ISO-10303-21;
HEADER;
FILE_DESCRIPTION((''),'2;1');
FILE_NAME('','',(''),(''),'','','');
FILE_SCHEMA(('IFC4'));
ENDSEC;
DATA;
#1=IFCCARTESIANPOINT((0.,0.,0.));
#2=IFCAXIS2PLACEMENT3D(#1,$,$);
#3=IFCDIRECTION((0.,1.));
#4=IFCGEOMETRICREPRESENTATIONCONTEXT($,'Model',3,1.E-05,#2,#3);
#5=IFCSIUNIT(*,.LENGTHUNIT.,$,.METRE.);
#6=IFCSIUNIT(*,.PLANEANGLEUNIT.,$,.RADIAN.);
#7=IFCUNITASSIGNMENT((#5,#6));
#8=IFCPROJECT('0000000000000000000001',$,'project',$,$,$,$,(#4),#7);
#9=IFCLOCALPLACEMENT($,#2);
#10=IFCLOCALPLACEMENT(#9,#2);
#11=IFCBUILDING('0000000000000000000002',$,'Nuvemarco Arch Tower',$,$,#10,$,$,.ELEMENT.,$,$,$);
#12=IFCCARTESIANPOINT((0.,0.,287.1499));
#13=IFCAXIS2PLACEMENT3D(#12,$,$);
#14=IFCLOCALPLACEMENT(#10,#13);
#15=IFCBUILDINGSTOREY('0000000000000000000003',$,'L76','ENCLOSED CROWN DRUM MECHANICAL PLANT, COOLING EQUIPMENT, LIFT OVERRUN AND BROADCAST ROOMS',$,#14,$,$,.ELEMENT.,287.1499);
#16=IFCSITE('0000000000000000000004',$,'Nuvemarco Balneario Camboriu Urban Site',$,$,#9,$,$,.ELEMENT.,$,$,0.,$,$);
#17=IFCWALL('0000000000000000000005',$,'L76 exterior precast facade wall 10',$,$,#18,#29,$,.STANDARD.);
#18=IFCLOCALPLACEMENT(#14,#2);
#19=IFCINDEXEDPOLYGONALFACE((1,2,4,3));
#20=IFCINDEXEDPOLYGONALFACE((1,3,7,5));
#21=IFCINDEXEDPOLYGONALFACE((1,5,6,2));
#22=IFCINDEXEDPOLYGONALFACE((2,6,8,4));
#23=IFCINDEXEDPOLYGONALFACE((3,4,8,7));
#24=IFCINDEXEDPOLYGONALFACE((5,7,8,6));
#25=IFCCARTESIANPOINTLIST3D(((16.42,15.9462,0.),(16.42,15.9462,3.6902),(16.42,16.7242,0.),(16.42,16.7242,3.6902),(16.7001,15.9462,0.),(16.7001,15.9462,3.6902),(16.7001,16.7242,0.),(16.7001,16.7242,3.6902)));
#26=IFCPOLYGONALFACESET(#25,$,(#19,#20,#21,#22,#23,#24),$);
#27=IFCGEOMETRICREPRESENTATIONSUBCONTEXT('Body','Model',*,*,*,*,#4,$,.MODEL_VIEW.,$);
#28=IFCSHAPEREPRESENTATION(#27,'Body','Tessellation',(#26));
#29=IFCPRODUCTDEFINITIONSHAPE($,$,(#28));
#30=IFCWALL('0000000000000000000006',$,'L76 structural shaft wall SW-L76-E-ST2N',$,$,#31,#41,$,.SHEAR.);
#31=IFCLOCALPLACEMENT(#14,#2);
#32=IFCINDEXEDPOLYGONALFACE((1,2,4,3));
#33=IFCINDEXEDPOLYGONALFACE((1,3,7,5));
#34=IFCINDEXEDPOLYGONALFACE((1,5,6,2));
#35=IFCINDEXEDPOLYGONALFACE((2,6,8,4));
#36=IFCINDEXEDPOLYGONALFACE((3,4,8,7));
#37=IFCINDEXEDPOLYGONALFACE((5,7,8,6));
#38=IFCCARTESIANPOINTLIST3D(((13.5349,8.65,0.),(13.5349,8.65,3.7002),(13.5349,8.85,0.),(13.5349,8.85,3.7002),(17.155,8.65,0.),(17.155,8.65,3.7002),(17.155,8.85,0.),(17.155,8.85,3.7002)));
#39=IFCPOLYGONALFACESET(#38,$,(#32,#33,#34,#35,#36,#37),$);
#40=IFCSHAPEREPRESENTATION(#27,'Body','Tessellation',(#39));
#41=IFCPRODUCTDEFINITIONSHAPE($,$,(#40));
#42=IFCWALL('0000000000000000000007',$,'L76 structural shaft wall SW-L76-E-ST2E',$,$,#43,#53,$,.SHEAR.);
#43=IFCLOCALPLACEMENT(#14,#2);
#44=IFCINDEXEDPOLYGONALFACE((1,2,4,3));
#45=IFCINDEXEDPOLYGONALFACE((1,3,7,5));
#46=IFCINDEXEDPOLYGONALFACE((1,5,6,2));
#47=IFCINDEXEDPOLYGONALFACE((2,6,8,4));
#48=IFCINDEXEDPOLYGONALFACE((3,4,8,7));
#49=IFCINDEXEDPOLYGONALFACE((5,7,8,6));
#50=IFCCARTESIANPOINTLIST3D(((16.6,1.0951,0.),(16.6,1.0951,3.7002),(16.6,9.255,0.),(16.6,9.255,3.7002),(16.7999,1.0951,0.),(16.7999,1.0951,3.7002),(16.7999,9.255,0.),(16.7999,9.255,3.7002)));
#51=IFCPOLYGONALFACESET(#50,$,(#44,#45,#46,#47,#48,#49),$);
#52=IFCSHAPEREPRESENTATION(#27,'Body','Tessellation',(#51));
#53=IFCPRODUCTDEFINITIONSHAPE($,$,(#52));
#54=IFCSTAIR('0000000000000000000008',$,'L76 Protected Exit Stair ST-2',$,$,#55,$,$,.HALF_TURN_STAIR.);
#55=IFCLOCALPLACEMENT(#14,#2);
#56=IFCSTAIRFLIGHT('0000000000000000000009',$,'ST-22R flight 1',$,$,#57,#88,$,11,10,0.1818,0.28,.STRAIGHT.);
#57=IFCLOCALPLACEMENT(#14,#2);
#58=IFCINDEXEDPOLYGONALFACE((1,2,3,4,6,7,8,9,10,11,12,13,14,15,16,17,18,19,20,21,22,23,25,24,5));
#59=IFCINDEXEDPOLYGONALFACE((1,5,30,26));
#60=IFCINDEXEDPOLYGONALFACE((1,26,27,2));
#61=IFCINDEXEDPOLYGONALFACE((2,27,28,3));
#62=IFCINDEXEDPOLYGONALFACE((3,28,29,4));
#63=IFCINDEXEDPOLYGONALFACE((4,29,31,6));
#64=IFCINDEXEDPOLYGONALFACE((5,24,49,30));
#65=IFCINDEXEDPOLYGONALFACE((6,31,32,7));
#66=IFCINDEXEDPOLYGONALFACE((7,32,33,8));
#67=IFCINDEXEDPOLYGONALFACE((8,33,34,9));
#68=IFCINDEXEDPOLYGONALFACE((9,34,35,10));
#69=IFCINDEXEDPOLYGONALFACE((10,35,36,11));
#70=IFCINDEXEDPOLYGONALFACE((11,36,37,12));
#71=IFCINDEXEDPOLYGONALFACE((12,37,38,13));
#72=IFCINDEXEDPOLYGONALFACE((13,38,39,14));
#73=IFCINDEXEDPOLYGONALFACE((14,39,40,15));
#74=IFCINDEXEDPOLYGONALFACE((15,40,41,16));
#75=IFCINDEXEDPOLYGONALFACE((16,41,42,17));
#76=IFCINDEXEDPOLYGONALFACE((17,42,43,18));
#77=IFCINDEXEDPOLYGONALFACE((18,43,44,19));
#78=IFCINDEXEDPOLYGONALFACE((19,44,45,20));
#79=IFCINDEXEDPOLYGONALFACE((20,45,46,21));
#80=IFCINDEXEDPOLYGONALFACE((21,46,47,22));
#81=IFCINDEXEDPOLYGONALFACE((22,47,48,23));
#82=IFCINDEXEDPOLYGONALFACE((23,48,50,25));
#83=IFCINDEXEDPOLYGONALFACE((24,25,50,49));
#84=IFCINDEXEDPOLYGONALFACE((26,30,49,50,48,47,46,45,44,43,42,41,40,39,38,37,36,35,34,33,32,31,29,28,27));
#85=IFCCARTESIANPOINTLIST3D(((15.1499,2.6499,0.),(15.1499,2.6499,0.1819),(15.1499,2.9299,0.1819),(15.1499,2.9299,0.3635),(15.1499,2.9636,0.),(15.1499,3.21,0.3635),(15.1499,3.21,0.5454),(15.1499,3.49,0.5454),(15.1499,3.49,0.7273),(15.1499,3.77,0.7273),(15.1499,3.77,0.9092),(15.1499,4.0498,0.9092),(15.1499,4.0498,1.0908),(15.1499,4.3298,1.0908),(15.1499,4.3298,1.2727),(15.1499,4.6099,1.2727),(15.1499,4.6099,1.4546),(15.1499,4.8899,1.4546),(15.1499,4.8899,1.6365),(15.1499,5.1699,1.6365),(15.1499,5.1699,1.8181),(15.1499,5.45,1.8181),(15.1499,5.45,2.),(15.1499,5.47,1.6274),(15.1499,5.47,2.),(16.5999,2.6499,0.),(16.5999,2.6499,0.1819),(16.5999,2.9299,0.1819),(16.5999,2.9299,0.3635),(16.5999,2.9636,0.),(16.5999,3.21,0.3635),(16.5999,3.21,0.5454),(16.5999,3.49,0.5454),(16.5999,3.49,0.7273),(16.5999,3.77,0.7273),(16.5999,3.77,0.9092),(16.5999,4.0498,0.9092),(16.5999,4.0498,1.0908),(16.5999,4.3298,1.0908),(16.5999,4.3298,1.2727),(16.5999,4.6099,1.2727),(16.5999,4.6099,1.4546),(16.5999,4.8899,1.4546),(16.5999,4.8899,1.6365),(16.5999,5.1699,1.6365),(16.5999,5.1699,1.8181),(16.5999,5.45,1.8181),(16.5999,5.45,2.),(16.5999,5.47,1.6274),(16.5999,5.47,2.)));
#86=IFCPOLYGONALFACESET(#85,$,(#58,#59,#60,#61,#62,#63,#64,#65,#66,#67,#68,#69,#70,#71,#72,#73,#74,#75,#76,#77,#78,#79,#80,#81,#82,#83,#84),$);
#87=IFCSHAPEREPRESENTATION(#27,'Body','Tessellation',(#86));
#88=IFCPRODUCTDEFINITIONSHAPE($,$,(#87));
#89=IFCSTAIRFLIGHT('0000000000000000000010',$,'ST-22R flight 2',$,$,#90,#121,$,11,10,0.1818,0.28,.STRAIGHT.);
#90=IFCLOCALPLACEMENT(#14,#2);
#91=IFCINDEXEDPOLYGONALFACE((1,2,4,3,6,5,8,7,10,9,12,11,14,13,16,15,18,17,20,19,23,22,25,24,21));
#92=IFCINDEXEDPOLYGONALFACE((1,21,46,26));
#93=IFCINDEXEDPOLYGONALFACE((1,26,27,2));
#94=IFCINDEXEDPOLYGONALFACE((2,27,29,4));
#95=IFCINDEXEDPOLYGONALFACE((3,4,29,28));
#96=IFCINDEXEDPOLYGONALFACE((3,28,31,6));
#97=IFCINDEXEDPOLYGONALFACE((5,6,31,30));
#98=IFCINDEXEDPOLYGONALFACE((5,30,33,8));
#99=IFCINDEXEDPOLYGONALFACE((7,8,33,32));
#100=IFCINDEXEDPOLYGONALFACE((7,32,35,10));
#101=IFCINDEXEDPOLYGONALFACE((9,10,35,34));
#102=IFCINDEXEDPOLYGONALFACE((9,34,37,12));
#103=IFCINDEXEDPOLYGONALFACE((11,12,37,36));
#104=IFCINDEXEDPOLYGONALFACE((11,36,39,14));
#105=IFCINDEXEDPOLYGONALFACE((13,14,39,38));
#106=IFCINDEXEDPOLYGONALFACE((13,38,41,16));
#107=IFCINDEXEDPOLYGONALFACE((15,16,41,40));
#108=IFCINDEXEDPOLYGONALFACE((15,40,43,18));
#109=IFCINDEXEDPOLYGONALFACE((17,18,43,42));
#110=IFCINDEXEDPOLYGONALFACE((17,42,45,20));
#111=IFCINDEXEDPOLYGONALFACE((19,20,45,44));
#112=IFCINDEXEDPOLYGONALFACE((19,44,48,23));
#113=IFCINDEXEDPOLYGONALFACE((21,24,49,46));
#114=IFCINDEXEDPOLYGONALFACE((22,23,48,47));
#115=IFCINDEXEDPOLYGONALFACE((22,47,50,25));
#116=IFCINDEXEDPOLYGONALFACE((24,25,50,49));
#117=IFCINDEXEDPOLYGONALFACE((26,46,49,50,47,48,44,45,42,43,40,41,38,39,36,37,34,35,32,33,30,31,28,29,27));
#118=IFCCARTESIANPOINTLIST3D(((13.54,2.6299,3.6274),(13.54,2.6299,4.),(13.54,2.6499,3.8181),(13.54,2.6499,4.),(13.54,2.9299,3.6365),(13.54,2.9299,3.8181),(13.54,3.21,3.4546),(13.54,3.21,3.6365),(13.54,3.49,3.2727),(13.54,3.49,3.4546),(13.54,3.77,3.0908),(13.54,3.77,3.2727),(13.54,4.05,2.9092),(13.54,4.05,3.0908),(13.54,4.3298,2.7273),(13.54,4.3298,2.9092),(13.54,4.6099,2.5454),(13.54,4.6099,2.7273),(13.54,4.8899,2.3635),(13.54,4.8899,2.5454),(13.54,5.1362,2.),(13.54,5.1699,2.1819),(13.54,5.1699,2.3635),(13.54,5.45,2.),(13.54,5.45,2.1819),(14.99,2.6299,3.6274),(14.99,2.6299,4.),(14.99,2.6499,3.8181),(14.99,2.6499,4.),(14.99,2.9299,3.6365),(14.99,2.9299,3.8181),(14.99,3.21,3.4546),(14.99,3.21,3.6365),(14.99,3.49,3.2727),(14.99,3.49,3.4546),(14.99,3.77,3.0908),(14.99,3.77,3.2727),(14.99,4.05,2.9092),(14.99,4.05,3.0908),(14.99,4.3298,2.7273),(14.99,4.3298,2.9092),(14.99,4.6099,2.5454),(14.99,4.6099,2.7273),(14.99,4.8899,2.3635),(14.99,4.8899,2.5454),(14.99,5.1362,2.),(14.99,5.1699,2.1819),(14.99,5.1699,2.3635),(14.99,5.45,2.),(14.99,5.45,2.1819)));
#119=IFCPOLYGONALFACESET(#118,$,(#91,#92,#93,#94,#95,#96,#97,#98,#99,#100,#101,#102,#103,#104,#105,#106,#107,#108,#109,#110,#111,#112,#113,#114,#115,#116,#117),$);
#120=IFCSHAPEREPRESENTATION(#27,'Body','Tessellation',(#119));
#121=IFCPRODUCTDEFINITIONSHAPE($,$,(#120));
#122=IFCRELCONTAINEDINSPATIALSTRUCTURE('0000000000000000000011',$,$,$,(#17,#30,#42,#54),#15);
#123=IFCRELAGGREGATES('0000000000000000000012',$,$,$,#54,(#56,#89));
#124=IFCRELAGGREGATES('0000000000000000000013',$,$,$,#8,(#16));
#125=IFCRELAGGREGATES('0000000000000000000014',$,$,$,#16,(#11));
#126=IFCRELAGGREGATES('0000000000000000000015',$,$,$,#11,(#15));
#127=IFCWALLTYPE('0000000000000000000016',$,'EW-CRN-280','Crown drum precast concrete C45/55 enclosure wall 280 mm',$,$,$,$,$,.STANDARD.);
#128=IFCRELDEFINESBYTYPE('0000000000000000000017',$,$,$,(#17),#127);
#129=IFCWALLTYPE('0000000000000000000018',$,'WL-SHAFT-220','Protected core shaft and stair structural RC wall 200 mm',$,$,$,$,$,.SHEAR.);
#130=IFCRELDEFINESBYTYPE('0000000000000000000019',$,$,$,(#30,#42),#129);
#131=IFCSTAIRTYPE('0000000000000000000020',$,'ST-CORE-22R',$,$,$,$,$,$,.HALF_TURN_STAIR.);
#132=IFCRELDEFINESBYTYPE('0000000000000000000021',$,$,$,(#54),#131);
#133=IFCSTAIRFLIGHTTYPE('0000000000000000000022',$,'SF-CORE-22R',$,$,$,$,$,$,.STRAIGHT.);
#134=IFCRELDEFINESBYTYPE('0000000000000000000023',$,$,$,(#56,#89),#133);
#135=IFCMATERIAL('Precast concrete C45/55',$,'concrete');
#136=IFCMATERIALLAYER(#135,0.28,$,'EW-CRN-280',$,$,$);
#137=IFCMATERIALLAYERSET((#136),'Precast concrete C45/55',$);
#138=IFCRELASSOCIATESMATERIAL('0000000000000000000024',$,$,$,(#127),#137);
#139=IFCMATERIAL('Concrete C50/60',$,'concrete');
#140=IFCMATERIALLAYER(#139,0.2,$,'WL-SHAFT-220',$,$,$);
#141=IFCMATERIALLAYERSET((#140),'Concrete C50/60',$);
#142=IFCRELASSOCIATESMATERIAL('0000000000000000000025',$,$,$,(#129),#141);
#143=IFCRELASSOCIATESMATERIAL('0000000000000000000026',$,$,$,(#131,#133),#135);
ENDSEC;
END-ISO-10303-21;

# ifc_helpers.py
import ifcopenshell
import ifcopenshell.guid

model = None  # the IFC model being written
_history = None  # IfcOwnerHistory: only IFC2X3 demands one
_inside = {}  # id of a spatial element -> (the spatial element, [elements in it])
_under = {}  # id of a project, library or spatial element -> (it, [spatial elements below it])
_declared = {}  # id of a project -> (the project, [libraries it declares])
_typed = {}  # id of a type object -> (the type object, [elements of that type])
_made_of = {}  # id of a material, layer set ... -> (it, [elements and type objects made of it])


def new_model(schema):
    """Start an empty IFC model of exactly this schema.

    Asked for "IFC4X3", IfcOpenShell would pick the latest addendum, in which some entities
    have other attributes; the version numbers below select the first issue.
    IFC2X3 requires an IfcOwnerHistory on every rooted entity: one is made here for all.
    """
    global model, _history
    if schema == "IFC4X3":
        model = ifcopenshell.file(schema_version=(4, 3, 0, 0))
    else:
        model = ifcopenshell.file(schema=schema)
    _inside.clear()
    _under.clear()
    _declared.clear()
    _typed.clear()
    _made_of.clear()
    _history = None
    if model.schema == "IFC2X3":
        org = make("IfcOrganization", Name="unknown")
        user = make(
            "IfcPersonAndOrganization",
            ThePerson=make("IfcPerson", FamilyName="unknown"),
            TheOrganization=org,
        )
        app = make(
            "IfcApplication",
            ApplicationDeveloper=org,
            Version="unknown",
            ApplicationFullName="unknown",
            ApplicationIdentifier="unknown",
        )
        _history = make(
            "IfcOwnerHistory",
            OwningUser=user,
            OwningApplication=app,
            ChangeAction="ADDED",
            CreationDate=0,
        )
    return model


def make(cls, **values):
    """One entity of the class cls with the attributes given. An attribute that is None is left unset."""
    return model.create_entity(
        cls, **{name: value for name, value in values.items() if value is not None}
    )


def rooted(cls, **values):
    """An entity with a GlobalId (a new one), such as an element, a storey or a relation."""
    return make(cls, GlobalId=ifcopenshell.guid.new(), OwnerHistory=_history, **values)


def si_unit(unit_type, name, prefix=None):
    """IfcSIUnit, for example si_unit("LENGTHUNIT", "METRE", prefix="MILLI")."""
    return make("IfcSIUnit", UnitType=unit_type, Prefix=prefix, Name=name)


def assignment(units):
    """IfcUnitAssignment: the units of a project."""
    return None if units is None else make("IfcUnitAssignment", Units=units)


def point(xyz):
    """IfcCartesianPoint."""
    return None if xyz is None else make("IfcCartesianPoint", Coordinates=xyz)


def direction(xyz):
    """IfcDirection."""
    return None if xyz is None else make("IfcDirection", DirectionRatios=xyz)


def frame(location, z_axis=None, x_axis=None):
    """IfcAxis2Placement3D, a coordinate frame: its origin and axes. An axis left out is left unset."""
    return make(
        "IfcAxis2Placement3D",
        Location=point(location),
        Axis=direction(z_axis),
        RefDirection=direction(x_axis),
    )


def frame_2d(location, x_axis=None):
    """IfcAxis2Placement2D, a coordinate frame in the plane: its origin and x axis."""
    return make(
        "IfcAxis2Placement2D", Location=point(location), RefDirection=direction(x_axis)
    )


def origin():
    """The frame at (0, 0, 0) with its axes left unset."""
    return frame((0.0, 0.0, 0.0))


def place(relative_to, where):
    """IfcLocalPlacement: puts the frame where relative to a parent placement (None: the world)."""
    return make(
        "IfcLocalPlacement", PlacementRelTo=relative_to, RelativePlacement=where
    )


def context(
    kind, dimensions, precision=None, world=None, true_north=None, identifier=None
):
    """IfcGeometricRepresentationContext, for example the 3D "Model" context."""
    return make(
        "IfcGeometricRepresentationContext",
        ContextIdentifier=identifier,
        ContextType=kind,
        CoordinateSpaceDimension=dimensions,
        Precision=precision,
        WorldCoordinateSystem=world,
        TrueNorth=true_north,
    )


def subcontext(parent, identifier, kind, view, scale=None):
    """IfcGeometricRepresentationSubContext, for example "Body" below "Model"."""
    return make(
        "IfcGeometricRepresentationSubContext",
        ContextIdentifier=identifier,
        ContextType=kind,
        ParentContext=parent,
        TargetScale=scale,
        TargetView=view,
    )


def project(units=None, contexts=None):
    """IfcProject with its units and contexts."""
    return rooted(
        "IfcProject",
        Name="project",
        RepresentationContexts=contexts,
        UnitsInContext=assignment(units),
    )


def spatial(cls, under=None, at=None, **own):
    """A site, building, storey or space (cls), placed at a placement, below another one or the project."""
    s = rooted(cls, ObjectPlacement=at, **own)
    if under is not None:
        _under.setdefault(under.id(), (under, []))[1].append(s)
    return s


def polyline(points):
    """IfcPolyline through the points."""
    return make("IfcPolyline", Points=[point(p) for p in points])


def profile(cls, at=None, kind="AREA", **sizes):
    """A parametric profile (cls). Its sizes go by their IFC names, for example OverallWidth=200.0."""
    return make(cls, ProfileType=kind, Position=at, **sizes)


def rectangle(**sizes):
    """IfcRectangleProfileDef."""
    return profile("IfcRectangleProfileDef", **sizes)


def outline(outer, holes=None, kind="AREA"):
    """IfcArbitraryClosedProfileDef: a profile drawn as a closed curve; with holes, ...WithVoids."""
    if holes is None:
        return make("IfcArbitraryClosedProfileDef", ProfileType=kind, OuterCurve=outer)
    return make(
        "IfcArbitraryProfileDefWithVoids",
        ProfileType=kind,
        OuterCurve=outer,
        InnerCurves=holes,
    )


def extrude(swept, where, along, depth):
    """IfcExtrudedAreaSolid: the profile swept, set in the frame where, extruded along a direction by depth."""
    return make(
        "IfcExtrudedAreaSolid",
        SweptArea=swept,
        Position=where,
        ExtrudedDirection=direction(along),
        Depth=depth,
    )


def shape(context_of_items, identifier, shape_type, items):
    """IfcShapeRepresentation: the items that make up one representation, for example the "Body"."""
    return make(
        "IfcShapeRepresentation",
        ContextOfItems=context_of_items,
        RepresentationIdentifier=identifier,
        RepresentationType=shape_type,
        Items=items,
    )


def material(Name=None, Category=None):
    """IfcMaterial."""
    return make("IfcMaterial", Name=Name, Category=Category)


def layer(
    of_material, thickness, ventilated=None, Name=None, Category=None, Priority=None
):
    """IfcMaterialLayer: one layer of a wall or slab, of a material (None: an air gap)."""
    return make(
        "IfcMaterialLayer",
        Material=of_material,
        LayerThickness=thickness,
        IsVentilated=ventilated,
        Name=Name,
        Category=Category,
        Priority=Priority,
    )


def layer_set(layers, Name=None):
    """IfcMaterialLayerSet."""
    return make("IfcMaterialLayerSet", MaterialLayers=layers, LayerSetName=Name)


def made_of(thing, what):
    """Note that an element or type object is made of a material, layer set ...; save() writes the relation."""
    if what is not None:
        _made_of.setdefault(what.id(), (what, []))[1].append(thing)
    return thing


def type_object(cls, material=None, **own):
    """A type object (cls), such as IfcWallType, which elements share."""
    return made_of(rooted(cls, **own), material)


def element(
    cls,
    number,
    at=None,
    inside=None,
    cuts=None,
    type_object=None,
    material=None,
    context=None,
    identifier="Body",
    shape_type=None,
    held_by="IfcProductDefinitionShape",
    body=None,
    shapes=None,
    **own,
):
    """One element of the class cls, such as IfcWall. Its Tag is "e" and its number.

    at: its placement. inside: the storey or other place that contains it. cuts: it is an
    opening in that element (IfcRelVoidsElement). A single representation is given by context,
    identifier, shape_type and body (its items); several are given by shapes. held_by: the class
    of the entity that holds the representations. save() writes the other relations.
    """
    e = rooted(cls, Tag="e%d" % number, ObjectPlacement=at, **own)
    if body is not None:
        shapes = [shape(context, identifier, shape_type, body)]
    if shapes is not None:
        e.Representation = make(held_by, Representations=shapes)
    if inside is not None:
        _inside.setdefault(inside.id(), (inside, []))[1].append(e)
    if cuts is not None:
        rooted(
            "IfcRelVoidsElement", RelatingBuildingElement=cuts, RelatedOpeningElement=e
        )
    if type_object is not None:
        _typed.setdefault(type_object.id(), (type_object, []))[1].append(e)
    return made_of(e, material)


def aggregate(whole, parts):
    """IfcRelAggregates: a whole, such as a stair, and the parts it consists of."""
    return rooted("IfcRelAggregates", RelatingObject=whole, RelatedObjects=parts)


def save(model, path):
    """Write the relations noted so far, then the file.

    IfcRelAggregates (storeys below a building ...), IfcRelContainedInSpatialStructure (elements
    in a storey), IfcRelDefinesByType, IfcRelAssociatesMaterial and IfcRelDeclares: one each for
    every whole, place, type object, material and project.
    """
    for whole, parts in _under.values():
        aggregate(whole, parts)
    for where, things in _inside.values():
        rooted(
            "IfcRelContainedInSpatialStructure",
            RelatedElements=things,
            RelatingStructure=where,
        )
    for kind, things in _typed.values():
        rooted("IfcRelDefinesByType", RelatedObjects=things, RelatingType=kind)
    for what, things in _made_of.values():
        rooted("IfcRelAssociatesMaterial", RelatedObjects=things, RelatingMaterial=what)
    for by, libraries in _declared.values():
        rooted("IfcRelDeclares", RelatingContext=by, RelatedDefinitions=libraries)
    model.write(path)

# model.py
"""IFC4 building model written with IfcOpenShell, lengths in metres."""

from ifc_helpers import new_model, si_unit, direction, frame, frame_2d, origin, place, context, subcontext, project, spatial, polyline, rectangle, outline, extrude, material, layer, layer_set, type_object, element, aggregate, save


model = new_model("IFC4")

# Units and contexts
model_context = context("Model", 3, precision=1e-05, world=origin(), true_north=direction((0.0, 1.0)))
body_context = subcontext(model_context, "Body", "Model", "MODEL_VIEW")
ifc_project = project(units=[si_unit("LENGTHUNIT", "METRE"), si_unit("PLANEANGLEUNIT", "RADIAN")], contexts=[model_context])

# Site, building, storey
site_placement = place(None, origin())
site = spatial("IfcSite", under=ifc_project, at=site_placement, Name="Nuvemarco Balneario Camboriu Urban Site", CompositionType="ELEMENT", RefElevation=0.0)
building_placement = place(site_placement, origin())
building = spatial("IfcBuilding", under=site, at=building_placement, Name="Nuvemarco Arch Tower", CompositionType="ELEMENT")
storey_placement = place(building_placement, frame((0.0, 0.0, 287.1499)))
storey = spatial("IfcBuildingStorey", under=building, at=storey_placement, Name="L76", Description="ENCLOSED CROWN DRUM MECHANICAL PLANT, COOLING EQUIPMENT, LIFT OVERRUN AND BROADCAST ROOMS", CompositionType="ELEMENT", Elevation=287.1499)

# Shared definitions
ifc_material_1 = material(Name="Concrete C50/60", Category="concrete")

# Shared definitions
ifc_material_2 = material(Name="Precast concrete C45/55", Category="concrete")

# Walls
ifc_layer_1 = layer(ifc_material_2, 0.28, Name="EW-CRN-280")
ifc_layer_set_1 = layer_set([ifc_layer_1], Name="Precast concrete C45/55")
wall_type_1 = type_object("IfcWallType", Name="EW-CRN-280", Description="Crown drum precast concrete C45/55 enclosure wall 280 mm", PredefinedType="STANDARD", material=ifc_layer_set_1)
wall_1_placement = place(storey_placement, frame((16.5601, 15.946, 0.0), z_axis=(0.0, 0.0, 1.0), x_axis=(0.0, 1.0, 0.0)))
element("IfcWall", 1, at=wall_1_placement, inside=storey, type_object=wall_type_1, Name="L76 exterior precast facade wall 10", PredefinedType="STANDARD", context=body_context, shape_type="SweptSolid", body=[
    extrude(rectangle(XDim=0.7781, YDim=0.28, at=frame_2d((0.3892, 0.0))), origin(), (0.0, 0.0, 1.0), 3.6902),
])
ifc_layer_2 = layer(ifc_material_1, 0.2, Name="WL-SHAFT-220")
ifc_layer_set_2 = layer_set([ifc_layer_2], Name="Concrete C50/60")
wall_type_2 = type_object("IfcWallType", Name="WL-SHAFT-220", Description="Protected core shaft and stair structural RC wall 200 mm", PredefinedType="SHEAR", material=ifc_layer_set_2)
wall_2_placement = place(storey_placement, frame((13.5349, 8.75, 0.0), z_axis=(0.0, 0.0, 1.0), x_axis=(1.0, 0.0, 0.0)))
element("IfcWall", 2, at=wall_2_placement, inside=storey, type_object=wall_type_2, Name="L76 structural shaft wall SW-L76-E-ST2N", PredefinedType="SHEAR", context=body_context, shape_type="SweptSolid", body=[
    extrude(rectangle(XDim=3.6201, YDim=0.2, at=frame_2d((1.8101, 0.0))), origin(), (0.0, 0.0, 1.0), 3.7002),
])
wall_3_placement = place(storey_placement, frame((16.7, 1.095, 0.0), z_axis=(0.0, 0.0, 1.0), x_axis=(0.0, 1.0, 0.0)))
element("IfcWall", 3, at=wall_3_placement, inside=storey, type_object=wall_type_2, Name="L76 structural shaft wall SW-L76-E-ST2E", PredefinedType="SHEAR", context=body_context, shape_type="SweptSolid", body=[
    extrude(rectangle(XDim=8.1599, YDim=0.2, at=frame_2d((4.0801, 0.0))), origin(), (0.0, 0.0, 1.0), 3.7002),
])

# Stair, stair flights
stair_type = type_object("IfcStairType", Name="ST-CORE-22R", PredefinedType="HALF_TURN_STAIR", material=ifc_material_2)
stair_placement = place(storey_placement, origin())
stair = element("IfcStair", 4, at=stair_placement, inside=storey, type_object=stair_type, Name="L76 Protected Exit Stair ST-2", PredefinedType="HALF_TURN_STAIR")
stair_flight_type = type_object("IfcStairFlightType", Name="SF-CORE-22R", PredefinedType="STRAIGHT", material=ifc_material_2)
stair_flight_1_placement = place(storey_placement, frame((15.875, 2.6499, 0.0), z_axis=(0.0, 0.0, 1.0), x_axis=(0.0, 1.0, 0.0)))
stair_flight_1 = element("IfcStairFlight", 5, at=stair_flight_1_placement, type_object=stair_flight_type, Name="ST-22R flight 1", NumberOfRisers=11, NumberOfTreads=10, PredefinedType="STRAIGHT", RiserHeight=0.1818, TreadLength=0.28, context=body_context, shape_type="SweptSolid", body=[
    extrude(outline(polyline([(0.0, 0.0), (0.0, 0.1819), (0.28, 0.1819), (0.28, 0.3635), (0.5601, 0.3635), (0.5601, 0.5454), (0.8401, 0.5454), (0.8401, 0.7273), (1.1201, 0.7273), (1.1201, 0.9092), (1.3999, 0.9092), (1.3999, 1.0908), (1.6799, 1.0908), (1.6799, 1.2727), (1.96, 1.2727), (1.96, 1.4546), (2.24, 1.4546), (2.24, 1.6365), (2.52, 1.6365), (2.52, 1.8181), (2.8, 1.8181), (2.8, 2.0), (2.8201, 2.0), (2.8201, 1.6274), (0.3137, 0.0), (0.0, 0.0)])), frame((0.0, 0.7251, 0.0), z_axis=(0.0, -1.0, 0.0), x_axis=(1.0, 0.0, 0.0)), (0.0, 0.0, 1.0), 1.45),
])
stair_flight_2_placement = place(storey_placement, frame((14.2649, 5.45, 2.0), z_axis=(0.0, 0.0, 1.0), x_axis=(0.0, -1.0, 0.0)))
stair_flight_2 = element("IfcStairFlight", 6, at=stair_flight_2_placement, type_object=stair_flight_type, Name="ST-22R flight 2", NumberOfRisers=11, NumberOfTreads=10, PredefinedType="STRAIGHT", RiserHeight=0.1818, TreadLength=0.28, context=body_context, shape_type="SweptSolid", body=[
    extrude(outline(polyline([(0.0, 0.0), (0.0, 0.1819), (0.28, 0.1819), (0.28, 0.3635), (0.5601, 0.3635), (0.5601, 0.5454), (0.8401, 0.5454), (0.8401, 0.7273), (1.1201, 0.7273), (1.1201, 0.9092), (1.3999, 0.9092), (1.3999, 1.0908), (1.6799, 1.0908), (1.6799, 1.2727), (1.96, 1.2727), (1.96, 1.4546), (2.24, 1.4546), (2.24, 1.6365), (2.52, 1.6365), (2.52, 1.8181), (2.8, 1.8181), (2.8, 2.0), (2.8201, 2.0), (2.8201, 1.6274), (0.3137, 0.0), (0.0, 0.0)])), frame((0.0, 0.7251, 0.0), z_axis=(0.0, -1.0, 0.0), x_axis=(1.0, 0.0, 0.0)), (0.0, 0.0, 1.0), 1.45),
])
aggregate(stair, [stair_flight_1, stair_flight_2])

save(model, "model.ifc")
